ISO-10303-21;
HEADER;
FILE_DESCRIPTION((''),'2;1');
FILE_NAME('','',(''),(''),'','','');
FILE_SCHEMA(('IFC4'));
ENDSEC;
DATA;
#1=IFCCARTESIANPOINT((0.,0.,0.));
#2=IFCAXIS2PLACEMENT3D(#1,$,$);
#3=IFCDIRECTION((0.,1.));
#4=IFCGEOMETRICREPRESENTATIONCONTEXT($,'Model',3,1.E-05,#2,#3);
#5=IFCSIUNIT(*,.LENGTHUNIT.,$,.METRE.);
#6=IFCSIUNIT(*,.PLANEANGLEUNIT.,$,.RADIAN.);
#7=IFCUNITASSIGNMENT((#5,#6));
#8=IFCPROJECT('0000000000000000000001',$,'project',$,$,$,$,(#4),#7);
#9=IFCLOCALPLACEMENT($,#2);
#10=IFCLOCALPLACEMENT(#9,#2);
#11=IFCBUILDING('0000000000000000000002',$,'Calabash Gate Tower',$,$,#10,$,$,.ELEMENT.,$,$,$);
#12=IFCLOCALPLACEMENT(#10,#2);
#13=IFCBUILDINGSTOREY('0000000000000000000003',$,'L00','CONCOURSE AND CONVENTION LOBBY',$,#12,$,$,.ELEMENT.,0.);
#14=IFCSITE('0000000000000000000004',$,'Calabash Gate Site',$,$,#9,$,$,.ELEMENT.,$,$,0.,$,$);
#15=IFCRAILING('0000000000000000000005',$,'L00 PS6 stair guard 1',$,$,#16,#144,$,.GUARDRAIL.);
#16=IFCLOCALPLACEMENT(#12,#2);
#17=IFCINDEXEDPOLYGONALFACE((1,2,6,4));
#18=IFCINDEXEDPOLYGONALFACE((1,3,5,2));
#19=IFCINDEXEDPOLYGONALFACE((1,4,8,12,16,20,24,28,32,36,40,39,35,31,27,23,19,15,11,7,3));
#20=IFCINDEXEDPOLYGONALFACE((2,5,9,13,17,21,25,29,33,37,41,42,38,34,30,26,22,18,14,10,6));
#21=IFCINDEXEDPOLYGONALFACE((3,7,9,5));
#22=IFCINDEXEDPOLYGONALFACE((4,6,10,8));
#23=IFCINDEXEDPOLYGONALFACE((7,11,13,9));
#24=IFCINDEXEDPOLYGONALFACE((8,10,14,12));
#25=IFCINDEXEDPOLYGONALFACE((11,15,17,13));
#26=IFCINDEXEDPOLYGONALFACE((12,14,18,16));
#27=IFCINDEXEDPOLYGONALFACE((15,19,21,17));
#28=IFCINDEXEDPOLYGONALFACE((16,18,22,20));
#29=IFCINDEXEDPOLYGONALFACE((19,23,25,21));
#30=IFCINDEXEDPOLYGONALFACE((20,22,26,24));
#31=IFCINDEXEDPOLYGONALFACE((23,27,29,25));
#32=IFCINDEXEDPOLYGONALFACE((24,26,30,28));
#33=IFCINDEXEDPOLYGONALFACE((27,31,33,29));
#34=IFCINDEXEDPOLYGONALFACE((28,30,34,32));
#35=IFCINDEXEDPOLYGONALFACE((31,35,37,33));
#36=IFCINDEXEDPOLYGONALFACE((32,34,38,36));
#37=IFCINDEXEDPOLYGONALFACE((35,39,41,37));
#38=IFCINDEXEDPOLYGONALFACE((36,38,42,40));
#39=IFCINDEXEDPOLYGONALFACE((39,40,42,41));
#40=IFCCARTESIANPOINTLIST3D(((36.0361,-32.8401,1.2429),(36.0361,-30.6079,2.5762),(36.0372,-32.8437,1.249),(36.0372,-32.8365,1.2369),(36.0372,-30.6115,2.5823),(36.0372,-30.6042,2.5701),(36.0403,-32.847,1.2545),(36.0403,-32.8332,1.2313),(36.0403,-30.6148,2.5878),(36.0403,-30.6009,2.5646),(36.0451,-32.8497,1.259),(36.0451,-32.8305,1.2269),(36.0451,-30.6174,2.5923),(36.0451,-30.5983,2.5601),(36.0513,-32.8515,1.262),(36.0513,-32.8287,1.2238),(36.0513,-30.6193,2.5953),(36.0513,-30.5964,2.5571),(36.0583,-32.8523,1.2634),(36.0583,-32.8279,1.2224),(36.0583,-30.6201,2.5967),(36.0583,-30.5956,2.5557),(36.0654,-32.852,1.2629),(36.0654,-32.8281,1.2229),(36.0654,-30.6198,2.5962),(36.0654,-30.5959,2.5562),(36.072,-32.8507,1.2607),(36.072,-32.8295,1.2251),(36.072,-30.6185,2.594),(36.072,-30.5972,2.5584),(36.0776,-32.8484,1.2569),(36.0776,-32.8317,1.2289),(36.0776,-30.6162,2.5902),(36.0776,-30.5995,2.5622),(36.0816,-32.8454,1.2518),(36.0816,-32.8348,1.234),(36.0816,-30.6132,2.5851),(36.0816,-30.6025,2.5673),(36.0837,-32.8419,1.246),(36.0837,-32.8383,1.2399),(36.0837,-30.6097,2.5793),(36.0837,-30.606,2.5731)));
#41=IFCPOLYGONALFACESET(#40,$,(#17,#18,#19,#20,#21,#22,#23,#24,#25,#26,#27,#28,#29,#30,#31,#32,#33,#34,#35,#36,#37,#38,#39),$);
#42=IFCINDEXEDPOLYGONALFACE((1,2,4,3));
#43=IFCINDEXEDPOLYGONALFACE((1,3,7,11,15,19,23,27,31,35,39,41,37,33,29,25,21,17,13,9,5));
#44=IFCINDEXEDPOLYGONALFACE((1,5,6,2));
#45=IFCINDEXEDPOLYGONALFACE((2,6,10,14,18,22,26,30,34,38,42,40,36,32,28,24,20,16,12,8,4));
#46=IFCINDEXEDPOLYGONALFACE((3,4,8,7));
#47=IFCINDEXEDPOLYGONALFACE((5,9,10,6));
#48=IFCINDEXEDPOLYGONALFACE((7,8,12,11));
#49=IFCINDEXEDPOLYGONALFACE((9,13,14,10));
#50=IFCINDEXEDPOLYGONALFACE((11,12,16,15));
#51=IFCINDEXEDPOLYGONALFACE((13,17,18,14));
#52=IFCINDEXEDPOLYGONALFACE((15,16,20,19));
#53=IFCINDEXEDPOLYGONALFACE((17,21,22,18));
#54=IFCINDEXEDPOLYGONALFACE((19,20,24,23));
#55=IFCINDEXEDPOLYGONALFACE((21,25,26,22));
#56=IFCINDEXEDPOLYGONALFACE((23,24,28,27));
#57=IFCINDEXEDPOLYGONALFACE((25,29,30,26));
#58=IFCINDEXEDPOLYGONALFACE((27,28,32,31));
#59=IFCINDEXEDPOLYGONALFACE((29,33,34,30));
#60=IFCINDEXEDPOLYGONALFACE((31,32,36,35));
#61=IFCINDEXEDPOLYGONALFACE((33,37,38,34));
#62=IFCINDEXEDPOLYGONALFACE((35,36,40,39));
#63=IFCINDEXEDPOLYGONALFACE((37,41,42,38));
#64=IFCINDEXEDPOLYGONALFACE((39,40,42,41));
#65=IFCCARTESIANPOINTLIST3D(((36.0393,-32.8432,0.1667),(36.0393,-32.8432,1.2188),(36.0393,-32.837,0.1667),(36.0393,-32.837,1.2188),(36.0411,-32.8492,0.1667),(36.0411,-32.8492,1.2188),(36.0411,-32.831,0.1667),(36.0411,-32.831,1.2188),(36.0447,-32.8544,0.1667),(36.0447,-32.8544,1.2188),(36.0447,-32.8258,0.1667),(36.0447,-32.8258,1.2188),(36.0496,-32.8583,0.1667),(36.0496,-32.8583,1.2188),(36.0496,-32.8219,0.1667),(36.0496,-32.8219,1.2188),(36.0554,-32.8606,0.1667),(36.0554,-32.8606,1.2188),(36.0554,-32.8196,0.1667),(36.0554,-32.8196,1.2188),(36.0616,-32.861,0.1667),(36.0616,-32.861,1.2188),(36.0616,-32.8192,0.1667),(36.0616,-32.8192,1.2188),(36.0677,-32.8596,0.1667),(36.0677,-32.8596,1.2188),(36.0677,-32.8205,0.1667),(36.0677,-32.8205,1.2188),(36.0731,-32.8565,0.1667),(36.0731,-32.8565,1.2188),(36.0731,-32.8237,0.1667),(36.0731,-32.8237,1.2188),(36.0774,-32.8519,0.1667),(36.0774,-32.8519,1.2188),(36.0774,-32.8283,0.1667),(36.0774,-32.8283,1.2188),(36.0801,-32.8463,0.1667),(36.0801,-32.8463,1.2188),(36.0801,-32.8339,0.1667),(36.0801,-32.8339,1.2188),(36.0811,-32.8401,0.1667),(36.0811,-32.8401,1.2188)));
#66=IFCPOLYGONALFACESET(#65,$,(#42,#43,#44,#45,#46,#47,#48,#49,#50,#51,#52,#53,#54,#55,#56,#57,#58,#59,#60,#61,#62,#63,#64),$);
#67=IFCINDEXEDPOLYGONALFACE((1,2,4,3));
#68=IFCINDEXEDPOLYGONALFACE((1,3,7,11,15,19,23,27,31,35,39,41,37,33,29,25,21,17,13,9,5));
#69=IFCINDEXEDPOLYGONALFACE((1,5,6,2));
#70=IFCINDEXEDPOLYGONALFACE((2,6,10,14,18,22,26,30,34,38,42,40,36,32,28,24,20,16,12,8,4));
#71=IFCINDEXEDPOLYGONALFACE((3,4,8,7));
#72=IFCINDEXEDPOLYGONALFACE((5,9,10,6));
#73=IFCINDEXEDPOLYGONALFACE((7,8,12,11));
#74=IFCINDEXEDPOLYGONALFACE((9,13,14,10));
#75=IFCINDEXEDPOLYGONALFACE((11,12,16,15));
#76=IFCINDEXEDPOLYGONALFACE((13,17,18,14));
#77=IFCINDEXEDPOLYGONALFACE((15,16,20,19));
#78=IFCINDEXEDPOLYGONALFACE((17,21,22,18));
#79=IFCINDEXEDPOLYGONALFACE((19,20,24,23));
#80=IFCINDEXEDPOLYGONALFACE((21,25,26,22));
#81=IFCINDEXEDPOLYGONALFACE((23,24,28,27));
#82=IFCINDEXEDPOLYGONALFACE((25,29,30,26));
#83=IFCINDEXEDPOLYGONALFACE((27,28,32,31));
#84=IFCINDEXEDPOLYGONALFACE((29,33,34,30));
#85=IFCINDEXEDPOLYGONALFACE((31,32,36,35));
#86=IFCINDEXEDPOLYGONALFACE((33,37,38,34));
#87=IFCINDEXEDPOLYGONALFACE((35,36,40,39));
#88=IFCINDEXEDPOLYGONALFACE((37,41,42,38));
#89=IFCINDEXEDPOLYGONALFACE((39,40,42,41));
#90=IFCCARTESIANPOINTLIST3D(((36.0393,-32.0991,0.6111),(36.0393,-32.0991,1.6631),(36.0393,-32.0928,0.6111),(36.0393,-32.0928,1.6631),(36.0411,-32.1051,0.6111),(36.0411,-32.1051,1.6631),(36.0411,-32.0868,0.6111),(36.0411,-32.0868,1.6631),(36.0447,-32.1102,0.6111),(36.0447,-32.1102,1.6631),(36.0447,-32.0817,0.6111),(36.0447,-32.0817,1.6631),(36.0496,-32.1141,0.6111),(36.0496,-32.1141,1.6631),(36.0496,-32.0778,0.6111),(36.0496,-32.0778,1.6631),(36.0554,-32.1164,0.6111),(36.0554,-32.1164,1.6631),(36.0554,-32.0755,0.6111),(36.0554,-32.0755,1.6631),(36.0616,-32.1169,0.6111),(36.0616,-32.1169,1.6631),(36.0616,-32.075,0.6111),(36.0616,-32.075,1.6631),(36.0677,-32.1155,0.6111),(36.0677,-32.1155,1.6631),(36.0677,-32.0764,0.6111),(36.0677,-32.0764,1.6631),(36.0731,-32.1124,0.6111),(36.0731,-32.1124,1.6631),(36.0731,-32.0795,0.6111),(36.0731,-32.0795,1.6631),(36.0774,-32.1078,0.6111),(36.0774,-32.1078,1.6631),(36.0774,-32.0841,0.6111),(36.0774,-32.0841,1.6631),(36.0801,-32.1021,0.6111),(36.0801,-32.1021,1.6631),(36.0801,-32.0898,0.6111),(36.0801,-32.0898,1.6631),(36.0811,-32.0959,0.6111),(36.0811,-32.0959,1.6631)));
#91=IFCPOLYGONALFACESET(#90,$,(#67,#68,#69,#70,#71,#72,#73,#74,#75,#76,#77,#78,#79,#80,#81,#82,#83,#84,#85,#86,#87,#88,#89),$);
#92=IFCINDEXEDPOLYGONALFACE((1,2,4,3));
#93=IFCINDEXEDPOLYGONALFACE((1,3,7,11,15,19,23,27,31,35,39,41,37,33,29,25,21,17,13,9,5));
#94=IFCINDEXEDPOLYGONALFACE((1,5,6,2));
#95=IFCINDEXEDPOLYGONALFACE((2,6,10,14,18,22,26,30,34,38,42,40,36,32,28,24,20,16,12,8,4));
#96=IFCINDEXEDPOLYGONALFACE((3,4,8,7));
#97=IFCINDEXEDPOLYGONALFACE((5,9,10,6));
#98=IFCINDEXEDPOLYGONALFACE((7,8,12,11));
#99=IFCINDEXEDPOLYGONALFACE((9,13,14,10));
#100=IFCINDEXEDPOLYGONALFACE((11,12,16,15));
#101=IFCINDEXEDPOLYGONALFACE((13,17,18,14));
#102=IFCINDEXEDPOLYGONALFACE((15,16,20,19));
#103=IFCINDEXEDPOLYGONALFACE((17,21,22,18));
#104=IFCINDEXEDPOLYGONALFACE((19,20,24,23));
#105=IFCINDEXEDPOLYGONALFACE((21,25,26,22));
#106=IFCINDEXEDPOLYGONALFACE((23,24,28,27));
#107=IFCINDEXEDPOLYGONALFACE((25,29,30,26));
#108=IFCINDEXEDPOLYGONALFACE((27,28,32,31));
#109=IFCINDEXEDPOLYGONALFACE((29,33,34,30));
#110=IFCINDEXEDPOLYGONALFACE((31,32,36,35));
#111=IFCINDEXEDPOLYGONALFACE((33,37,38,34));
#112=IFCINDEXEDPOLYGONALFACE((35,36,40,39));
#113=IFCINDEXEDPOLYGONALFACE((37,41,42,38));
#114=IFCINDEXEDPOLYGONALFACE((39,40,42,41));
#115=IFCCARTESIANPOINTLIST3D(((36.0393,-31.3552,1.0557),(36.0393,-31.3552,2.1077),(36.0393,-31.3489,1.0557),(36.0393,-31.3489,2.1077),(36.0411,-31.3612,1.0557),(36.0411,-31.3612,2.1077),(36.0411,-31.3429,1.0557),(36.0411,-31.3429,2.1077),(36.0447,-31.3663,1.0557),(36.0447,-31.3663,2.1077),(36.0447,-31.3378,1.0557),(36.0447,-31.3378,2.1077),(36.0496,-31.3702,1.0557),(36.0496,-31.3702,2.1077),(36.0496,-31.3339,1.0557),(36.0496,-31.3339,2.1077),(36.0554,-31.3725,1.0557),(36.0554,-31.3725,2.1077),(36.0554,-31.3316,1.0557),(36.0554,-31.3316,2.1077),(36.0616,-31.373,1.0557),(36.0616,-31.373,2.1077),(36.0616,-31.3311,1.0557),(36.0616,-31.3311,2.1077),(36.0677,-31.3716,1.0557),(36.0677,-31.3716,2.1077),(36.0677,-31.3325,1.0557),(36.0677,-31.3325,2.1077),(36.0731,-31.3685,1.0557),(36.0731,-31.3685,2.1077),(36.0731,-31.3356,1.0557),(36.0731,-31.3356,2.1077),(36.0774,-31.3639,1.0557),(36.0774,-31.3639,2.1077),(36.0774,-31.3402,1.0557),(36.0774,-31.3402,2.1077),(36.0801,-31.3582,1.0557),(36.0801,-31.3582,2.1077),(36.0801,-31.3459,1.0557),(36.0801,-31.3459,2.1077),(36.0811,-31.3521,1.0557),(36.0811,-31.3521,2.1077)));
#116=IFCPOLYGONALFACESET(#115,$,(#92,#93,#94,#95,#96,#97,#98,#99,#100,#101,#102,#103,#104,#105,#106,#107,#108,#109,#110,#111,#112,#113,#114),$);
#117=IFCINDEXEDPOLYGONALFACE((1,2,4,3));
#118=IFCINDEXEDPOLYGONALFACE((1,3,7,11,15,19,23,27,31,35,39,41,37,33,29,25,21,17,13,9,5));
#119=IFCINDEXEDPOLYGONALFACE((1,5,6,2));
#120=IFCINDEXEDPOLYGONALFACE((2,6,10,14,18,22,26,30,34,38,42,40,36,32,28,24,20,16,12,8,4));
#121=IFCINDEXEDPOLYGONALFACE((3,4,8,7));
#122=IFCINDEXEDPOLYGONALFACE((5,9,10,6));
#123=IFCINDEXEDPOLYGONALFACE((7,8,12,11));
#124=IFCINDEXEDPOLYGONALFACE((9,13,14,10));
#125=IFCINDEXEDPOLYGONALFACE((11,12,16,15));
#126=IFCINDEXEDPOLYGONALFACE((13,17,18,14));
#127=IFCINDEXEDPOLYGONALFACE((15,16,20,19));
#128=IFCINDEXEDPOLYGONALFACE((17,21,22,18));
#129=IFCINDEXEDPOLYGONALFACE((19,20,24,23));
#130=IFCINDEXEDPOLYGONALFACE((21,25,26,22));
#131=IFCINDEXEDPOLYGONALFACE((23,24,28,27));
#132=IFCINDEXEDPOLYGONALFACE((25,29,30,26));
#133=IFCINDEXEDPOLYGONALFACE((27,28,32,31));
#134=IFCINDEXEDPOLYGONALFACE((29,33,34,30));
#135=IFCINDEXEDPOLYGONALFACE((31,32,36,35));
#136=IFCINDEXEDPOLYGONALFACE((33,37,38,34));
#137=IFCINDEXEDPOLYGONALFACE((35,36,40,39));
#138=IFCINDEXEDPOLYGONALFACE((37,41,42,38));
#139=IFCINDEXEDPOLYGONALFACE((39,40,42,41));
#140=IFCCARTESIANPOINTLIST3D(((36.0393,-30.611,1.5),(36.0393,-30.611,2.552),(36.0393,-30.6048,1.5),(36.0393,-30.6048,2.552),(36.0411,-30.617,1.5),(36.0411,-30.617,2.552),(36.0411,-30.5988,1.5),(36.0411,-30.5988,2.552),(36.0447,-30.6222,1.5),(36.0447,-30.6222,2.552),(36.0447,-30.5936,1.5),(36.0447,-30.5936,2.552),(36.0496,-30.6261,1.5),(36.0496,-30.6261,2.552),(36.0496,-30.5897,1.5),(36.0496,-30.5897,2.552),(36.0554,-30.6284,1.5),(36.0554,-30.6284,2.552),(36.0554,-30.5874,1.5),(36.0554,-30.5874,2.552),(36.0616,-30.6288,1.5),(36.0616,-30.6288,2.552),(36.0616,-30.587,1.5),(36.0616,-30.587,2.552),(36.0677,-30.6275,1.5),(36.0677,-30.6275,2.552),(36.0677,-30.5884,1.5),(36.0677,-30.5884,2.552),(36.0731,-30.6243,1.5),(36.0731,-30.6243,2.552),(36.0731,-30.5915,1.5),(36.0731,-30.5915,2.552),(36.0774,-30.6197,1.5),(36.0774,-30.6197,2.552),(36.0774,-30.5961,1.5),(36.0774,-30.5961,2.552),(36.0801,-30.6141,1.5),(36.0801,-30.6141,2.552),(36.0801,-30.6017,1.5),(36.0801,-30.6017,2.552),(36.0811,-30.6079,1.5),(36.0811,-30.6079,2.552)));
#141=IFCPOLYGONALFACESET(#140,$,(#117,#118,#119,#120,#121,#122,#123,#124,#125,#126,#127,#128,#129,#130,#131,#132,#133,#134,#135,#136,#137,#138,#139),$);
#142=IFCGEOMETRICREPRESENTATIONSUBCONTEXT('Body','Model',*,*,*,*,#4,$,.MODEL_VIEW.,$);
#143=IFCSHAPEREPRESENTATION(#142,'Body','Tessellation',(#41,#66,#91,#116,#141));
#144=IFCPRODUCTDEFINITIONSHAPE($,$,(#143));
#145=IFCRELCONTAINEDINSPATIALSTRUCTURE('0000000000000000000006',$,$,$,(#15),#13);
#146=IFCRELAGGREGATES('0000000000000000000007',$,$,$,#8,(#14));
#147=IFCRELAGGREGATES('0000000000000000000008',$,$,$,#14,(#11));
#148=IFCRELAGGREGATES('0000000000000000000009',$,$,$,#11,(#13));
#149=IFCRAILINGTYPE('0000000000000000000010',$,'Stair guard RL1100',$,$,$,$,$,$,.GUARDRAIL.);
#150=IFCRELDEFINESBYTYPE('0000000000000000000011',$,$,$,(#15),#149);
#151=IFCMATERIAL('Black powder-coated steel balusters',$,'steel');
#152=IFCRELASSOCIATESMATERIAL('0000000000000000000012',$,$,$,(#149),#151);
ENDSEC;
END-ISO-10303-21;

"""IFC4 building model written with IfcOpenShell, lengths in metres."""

from ifc_helpers import new_model, si_unit, direction, frame, origin, origin_2d, place, context, subcontext, project, spatial, circle, extrude, material, type_object, element, save


model = new_model("IFC4")

# Units and contexts
model_context = context("Model", 3, precision=1e-05, world=origin(), true_north=direction((0.0, 1.0)))
body_context = subcontext(model_context, "Body", "Model", "MODEL_VIEW")
ifc_project = project(units=[si_unit("LENGTHUNIT", "METRE"), si_unit("PLANEANGLEUNIT", "RADIAN")], contexts=[model_context])

# Site, building, storey
site_placement = place(None, origin())
site = spatial("IfcSite", under=ifc_project, at=site_placement, Name="Calabash Gate Site", CompositionType="ELEMENT", RefElevation=0.0)
building_placement = place(site_placement, origin())
building = spatial("IfcBuilding", under=site, at=building_placement, Name="Calabash Gate Tower", CompositionType="ELEMENT")
storey_placement = place(building_placement, origin())
storey = spatial("IfcBuildingStorey", under=building, at=storey_placement, Name="L00", Description="CONCOURSE AND CONVENTION LOBBY", CompositionType="ELEMENT", Elevation=0.0)

# Railing
ifc_material_1 = material(Name="Black powder-coated steel balusters", Category="steel")
railing_type_1 = type_object("IfcRailingType", Name="Stair guard RL1100", PredefinedType="GUARDRAIL", material=ifc_material_1)
railing_1_placement = place(storey_placement, frame((36.0601, -32.8401, 0.1667)))
element("IfcRailing", 1, at=railing_1_placement, inside=storey, type_object=railing_type_1, Name="L00 PS6 stair guard 1", PredefinedType="GUARDRAIL", context=body_context, shape_type="SweptSolid", body=[
    extrude(circle(Radius=0.0239, at=origin_2d()), frame((0.0, 0.0, 1.0762), z_axis=(0.0, 0.858519, 0.512782), x_axis=(-1.0, 0.0, 0.0)), (0.0, 0.0, 1.0), 2.6001),
    extrude(circle(Radius=0.021, at=origin_2d()), origin(), (0.0, 0.0, 1.0), 1.052),
    extrude(circle(Radius=0.021, at=origin_2d()), frame((0.0, 0.7441, 0.4443)), (0.0, 0.0, 1.0), 1.052),
    extrude(circle(Radius=0.021, at=origin_2d()), frame((0.0, 1.488, 0.8889)), (0.0, 0.0, 1.0), 1.052),
    extrude(circle(Radius=0.021, at=origin_2d()), frame((0.0, 2.2322, 1.3333)), (0.0, 0.0, 1.0), 1.052),
])

save(model, "model.ifc")
